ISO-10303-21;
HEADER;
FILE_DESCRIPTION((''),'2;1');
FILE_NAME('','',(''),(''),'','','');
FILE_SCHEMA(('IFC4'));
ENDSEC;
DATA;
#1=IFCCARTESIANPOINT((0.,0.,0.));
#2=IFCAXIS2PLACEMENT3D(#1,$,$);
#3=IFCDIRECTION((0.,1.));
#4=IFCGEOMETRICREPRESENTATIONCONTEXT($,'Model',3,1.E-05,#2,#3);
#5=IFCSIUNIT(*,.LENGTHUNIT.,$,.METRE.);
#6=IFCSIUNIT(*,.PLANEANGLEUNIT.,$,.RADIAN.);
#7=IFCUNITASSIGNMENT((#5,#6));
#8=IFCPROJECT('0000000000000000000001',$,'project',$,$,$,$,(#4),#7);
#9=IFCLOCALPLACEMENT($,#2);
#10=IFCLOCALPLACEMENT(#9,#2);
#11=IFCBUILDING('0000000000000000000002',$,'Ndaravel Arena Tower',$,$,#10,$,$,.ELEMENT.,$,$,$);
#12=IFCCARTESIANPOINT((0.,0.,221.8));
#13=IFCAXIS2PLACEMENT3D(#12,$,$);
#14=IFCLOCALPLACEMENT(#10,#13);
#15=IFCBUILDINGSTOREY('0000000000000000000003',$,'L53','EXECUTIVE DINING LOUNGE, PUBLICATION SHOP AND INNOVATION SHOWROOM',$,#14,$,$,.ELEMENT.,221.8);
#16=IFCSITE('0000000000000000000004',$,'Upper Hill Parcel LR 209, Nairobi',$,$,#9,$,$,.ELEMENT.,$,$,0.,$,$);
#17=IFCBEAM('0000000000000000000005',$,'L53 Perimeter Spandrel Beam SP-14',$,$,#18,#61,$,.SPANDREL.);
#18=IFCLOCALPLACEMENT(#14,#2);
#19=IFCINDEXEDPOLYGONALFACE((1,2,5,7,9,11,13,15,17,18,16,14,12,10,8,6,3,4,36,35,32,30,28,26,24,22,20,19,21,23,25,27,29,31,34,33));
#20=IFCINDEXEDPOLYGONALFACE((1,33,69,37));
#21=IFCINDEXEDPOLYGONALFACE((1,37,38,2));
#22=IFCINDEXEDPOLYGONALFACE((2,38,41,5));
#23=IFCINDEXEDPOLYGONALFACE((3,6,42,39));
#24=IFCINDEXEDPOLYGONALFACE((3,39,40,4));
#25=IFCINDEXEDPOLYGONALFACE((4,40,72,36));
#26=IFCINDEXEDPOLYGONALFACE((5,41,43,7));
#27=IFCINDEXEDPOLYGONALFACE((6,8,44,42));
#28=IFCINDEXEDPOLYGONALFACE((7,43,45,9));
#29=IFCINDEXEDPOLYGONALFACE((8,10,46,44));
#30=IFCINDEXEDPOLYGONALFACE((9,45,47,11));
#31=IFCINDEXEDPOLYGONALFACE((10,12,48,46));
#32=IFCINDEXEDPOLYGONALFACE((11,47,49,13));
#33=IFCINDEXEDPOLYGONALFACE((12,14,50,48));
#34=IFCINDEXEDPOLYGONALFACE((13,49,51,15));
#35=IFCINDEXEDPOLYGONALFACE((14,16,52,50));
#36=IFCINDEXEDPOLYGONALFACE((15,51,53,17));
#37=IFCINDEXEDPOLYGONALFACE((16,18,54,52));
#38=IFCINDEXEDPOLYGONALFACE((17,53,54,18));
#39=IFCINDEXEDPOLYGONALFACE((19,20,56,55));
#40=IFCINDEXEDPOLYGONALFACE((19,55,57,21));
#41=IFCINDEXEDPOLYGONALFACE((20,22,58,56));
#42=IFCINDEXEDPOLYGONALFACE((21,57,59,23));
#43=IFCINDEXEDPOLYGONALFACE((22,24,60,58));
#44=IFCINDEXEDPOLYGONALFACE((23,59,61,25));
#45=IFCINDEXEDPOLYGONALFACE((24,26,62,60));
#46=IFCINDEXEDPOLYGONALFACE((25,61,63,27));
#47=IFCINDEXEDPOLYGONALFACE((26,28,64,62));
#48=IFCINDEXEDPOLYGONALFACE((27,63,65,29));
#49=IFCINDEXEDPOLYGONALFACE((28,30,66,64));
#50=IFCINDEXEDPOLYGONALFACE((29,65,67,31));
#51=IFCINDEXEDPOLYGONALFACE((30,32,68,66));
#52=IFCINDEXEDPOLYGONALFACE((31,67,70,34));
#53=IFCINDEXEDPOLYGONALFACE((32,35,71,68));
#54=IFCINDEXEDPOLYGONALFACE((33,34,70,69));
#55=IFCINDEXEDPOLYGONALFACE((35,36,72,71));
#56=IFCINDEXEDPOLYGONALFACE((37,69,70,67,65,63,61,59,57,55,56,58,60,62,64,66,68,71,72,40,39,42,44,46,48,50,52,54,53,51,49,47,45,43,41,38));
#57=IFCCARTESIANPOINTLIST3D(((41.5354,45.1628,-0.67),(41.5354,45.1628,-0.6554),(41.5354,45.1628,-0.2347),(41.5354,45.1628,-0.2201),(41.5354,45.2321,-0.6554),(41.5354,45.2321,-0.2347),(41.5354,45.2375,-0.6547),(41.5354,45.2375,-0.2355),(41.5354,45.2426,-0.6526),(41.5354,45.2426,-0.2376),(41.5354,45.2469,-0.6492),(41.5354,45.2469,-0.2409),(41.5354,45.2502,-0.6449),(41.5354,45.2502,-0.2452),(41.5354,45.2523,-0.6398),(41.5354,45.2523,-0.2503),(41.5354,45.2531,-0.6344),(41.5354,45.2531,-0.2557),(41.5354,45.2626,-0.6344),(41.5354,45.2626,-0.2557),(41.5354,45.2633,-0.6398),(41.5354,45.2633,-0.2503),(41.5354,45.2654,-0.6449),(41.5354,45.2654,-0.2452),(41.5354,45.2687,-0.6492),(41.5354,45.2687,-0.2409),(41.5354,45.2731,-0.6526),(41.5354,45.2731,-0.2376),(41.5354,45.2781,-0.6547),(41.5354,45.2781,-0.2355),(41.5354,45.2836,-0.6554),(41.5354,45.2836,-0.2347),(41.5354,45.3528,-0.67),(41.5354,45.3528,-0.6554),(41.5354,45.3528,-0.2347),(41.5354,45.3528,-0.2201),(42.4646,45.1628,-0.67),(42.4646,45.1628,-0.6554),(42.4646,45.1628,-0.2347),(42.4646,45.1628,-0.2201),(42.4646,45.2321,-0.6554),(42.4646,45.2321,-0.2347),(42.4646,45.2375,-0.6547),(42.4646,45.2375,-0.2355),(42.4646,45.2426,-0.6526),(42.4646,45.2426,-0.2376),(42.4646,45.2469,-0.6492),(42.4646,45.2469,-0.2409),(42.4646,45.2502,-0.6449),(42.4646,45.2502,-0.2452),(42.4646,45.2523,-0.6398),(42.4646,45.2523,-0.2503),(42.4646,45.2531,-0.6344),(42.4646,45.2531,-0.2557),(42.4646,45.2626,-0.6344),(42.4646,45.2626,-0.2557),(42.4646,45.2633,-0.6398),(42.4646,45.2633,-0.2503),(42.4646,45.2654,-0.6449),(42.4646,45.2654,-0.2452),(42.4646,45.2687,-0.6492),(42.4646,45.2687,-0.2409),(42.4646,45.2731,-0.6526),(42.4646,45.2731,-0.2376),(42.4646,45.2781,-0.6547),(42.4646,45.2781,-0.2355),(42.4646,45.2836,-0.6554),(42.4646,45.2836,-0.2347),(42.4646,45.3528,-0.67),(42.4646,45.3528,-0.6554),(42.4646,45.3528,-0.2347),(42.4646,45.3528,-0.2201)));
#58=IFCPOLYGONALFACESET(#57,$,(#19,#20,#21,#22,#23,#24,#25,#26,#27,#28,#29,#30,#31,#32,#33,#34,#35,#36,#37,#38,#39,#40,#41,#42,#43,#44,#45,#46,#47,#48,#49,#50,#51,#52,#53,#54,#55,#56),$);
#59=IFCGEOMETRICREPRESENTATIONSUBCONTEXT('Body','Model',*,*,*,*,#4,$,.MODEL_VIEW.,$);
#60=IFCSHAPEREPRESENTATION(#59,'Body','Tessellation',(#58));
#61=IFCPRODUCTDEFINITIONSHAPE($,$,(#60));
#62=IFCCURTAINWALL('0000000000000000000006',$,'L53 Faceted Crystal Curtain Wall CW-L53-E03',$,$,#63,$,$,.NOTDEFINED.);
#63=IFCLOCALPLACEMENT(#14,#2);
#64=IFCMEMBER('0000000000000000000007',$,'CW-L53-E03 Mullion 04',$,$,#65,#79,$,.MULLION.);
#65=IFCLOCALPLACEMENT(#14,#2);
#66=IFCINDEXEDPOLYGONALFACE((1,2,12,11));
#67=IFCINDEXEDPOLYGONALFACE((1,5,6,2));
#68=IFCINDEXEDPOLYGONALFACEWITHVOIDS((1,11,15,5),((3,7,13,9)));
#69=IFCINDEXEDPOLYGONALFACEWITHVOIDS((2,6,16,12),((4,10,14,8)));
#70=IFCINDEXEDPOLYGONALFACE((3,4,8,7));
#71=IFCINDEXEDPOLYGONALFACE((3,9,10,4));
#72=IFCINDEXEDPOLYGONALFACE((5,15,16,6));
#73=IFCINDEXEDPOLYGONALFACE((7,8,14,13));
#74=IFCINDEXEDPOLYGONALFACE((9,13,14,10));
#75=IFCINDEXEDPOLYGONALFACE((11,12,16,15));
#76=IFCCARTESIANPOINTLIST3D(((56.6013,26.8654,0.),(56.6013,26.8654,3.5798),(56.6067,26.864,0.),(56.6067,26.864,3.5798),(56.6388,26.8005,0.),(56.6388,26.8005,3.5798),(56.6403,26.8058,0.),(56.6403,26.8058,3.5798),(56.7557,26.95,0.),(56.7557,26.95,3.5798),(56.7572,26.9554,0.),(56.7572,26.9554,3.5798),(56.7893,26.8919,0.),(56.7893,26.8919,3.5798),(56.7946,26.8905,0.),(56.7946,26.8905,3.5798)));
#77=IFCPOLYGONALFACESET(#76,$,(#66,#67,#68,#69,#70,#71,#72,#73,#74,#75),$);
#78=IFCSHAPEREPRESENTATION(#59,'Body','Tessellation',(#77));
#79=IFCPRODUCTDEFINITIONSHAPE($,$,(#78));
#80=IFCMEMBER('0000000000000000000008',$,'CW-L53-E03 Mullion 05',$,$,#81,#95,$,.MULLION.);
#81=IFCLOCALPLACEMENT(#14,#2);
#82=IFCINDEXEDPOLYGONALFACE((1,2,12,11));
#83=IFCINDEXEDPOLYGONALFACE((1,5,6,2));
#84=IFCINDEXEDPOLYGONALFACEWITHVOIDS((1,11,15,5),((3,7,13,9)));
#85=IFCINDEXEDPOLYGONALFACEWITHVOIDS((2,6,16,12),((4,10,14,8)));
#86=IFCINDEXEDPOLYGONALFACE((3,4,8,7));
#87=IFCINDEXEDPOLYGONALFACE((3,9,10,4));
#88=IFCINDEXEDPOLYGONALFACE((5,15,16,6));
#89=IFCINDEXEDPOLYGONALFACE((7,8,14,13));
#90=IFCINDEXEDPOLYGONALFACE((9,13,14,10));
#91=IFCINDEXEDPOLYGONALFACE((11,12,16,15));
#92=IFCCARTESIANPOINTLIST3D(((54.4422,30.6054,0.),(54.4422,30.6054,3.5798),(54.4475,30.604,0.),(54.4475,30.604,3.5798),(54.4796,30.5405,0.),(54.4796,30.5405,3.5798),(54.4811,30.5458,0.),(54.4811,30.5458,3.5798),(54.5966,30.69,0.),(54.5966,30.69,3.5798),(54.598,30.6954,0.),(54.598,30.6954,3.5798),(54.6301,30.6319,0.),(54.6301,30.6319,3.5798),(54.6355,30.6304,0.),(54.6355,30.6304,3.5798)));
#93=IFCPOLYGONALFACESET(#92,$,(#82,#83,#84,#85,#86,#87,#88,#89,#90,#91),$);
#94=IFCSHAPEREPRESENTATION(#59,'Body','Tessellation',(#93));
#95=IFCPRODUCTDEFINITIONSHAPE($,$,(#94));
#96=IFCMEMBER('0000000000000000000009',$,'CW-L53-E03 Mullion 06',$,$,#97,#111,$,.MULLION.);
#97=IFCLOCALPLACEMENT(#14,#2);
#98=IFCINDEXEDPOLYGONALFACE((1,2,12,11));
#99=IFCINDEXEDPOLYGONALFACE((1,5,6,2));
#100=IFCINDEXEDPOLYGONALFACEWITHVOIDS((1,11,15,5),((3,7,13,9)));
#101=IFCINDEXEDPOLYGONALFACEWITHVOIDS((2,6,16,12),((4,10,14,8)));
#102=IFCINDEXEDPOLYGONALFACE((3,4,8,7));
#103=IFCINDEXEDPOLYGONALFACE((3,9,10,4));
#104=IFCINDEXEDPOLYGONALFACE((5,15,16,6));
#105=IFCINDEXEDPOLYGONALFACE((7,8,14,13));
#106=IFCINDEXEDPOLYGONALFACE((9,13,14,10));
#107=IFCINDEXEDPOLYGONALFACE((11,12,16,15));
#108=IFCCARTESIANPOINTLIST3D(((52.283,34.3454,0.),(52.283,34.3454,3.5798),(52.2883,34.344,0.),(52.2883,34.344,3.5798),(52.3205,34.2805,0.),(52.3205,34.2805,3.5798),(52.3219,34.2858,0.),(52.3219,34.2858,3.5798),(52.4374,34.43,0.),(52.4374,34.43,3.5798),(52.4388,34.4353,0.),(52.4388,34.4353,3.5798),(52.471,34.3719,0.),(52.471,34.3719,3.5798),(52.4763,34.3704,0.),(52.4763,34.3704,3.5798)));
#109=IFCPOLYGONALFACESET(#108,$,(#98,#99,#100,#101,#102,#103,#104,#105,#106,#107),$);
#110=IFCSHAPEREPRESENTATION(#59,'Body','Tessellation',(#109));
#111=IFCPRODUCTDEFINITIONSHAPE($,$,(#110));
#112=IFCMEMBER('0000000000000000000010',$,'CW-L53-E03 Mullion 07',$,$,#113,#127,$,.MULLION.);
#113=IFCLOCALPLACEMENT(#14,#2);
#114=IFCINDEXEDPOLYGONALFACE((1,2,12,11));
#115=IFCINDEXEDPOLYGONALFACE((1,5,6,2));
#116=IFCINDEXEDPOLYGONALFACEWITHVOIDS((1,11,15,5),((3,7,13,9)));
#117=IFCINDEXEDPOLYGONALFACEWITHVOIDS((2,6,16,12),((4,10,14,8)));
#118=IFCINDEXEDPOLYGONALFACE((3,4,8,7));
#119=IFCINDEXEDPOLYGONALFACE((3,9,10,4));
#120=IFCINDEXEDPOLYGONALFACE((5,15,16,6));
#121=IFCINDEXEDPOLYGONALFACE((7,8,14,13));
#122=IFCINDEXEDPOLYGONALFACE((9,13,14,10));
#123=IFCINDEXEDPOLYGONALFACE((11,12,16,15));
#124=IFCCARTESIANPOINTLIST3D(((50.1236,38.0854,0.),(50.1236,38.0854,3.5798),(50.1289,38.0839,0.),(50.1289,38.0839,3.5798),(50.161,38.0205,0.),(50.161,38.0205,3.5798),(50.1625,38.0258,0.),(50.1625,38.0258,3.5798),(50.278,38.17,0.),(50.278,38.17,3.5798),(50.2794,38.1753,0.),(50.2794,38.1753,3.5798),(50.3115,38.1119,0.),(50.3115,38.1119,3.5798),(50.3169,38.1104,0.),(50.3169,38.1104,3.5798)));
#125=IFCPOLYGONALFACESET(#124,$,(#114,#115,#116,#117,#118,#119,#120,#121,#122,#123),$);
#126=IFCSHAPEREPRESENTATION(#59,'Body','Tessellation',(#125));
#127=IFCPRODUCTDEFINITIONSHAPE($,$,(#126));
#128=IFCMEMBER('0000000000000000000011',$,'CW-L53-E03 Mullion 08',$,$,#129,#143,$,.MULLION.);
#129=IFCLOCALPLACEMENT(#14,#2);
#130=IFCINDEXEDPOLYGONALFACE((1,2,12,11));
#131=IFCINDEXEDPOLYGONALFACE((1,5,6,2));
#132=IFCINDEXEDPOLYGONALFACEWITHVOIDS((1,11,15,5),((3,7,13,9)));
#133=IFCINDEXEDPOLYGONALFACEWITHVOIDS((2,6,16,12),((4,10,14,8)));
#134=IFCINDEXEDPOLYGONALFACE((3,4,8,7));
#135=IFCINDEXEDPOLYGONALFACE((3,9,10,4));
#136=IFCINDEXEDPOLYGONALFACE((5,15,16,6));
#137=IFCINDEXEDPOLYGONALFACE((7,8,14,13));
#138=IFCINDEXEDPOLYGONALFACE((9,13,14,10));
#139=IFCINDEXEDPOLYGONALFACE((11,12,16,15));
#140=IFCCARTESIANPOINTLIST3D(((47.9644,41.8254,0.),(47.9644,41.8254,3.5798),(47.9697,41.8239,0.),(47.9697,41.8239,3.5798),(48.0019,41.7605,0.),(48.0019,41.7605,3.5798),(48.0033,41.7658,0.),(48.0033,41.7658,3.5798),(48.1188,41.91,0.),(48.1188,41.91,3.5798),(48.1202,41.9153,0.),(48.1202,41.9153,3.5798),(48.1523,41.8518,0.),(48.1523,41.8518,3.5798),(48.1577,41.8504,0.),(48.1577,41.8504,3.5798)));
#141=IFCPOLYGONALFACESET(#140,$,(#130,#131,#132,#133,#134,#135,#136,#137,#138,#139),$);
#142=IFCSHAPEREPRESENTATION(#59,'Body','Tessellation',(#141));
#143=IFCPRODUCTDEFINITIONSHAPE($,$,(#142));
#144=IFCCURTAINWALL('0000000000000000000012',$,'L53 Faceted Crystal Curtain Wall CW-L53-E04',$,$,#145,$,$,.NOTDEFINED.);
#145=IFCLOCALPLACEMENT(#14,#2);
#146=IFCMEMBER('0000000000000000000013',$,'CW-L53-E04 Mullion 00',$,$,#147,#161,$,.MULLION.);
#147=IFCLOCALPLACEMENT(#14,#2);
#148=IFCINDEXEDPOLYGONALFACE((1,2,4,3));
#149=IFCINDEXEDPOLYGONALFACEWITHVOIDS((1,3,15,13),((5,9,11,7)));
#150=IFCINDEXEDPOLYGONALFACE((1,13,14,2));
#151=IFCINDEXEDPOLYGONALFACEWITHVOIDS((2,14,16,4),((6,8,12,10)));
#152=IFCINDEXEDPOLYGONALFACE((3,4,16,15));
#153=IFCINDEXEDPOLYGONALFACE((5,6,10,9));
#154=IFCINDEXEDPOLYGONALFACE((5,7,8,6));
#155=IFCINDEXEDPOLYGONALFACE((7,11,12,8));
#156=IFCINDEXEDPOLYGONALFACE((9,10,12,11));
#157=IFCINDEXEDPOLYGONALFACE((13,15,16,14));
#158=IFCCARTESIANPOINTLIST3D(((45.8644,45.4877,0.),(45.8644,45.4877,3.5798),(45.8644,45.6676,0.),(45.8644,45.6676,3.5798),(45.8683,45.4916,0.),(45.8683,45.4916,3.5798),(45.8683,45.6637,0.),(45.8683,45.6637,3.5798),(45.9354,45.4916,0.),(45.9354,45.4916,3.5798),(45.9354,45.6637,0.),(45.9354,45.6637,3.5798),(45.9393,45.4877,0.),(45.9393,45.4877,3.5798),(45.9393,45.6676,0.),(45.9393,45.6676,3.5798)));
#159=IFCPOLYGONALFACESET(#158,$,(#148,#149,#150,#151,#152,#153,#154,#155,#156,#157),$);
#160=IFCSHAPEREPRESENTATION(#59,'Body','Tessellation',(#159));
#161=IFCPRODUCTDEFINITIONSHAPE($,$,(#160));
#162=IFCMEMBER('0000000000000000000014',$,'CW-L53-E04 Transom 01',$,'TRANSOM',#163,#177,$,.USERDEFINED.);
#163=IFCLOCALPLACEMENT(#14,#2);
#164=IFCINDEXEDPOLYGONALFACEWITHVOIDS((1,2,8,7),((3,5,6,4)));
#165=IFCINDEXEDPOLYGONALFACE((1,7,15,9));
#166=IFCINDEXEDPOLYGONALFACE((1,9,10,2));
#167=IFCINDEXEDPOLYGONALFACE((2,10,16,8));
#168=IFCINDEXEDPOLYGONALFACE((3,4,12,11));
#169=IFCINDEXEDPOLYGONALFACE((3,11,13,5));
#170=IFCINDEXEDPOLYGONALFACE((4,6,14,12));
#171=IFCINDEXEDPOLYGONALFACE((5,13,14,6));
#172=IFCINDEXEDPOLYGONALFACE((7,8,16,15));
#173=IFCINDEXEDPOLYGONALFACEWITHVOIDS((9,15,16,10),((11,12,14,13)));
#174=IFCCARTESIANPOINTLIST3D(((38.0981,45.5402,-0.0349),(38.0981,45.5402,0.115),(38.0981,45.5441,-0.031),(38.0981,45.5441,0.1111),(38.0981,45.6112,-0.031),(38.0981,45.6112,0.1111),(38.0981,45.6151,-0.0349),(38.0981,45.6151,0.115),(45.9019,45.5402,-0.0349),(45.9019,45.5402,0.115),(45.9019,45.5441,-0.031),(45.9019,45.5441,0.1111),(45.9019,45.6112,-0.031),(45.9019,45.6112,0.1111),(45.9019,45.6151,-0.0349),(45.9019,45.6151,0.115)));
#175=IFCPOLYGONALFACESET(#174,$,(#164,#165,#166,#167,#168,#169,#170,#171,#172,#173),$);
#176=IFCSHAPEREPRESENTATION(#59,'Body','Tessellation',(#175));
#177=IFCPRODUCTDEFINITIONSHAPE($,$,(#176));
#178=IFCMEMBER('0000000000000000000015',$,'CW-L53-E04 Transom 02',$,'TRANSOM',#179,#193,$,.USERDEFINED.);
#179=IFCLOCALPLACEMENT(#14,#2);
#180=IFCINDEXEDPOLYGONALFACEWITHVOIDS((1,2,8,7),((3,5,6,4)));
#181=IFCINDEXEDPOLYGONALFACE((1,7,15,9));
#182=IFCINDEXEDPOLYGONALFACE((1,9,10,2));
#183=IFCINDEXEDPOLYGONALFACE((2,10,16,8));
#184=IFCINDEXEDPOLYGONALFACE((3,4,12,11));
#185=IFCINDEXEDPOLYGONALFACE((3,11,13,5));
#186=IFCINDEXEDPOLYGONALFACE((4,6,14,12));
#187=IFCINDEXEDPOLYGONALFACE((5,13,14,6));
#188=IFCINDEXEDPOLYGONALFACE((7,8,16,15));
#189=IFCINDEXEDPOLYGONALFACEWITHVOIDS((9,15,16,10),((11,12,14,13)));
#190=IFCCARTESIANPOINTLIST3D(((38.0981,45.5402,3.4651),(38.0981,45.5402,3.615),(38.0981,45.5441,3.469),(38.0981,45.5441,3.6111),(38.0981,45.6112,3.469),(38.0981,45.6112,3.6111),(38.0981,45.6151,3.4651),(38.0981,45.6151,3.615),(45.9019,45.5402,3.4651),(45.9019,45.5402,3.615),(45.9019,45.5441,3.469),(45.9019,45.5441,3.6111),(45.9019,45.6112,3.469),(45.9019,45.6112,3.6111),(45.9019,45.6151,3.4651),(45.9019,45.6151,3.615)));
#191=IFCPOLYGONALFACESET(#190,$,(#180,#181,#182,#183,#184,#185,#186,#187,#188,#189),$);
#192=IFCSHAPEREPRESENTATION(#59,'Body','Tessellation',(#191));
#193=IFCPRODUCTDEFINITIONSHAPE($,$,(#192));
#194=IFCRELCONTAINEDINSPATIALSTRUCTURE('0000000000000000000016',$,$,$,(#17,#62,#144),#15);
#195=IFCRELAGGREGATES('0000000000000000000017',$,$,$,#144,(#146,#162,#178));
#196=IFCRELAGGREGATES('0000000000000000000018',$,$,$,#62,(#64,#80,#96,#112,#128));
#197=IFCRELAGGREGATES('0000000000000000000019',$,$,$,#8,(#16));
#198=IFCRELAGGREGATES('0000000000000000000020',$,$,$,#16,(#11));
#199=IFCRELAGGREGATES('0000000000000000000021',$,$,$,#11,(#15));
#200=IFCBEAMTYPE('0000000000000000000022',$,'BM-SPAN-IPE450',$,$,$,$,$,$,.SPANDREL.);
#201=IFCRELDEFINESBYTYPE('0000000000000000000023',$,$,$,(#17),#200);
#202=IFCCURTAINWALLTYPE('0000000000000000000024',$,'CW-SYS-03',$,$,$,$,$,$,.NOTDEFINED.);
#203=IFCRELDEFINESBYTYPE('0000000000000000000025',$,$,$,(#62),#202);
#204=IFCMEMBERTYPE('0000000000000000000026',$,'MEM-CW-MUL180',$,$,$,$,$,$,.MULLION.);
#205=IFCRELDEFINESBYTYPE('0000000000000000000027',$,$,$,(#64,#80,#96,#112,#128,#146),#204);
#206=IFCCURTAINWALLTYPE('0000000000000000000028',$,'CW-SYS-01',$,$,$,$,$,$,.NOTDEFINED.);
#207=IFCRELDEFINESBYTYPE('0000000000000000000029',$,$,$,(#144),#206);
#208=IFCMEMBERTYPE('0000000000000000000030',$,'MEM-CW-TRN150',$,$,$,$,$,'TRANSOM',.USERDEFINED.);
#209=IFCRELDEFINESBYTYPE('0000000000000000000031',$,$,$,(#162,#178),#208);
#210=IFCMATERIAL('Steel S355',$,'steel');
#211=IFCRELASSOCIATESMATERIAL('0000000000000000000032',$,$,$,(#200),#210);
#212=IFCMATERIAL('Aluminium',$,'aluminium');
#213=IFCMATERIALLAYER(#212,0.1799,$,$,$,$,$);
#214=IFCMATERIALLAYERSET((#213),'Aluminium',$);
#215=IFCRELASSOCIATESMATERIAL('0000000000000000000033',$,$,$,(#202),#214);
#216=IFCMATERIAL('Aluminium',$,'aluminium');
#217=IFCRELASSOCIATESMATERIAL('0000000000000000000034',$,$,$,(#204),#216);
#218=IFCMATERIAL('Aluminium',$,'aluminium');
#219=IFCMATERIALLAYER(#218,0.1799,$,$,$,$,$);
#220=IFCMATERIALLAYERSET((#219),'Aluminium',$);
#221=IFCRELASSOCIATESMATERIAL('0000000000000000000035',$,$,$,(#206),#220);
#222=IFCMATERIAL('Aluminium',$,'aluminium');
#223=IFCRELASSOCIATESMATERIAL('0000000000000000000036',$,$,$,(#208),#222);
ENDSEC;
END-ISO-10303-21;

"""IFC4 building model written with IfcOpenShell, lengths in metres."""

from ifc_helpers import new_model, si_unit, direction, frame, origin, origin_2d, place, context, subcontext, project, spatial, hollow_rectangle, i_section, extrude, material, layer, layer_set, material_profile, profile_set, type_object, element, aggregate, save


model = new_model("IFC4")

# Units and contexts
model_context = context("Model", 3, precision=1e-05, world=origin(), true_north=direction((0.0, 1.0)))
body_context = subcontext(model_context, "Body", "Model", "MODEL_VIEW")
ifc_project = project(units=[si_unit("LENGTHUNIT", "METRE"), si_unit("PLANEANGLEUNIT", "RADIAN")], contexts=[model_context])

# Site, building, storey
site_placement = place(None, origin())
site = spatial("IfcSite", under=ifc_project, at=site_placement, Name="Upper Hill Parcel LR 209, Nairobi", CompositionType="ELEMENT", RefElevation=0.0)
building_placement = place(site_placement, origin())
building = spatial("IfcBuilding", under=site, at=building_placement, Name="Ndaravel Arena Tower", CompositionType="ELEMENT")
storey_placement = place(building_placement, frame((0.0, 0.0, 221.8)))
storey = spatial("IfcBuildingStorey", under=building, at=storey_placement, Name="L53", Description="EXECUTIVE DINING LOUNGE, PUBLICATION SHOP AND INNOVATION SHOWROOM", CompositionType="ELEMENT", Elevation=221.8)

# Beam
ifc_material_1 = material(Name="Steel S355", Category="steel")
ifc_material_profile_1 = material_profile(ifc_material_1, i_section(OverallWidth=0.1899, OverallDepth=0.45, WebThickness=0.0095, FlangeThickness=0.0146, FilletRadius=0.021, at=origin_2d()), Name="IPE 450")
ifc_profile_set_1 = profile_set([ifc_material_profile_1], Name="Steel S355")
beam_type_1 = type_object("IfcBeamType", Name="BM-SPAN-IPE450", PredefinedType="SPANDREL", material=ifc_profile_set_1)
for number, where, z_axis, x_axis, name in (
    (1, (42.4646, 45.2578, -0.4451), (-1.0, 0.0, 0.0), (0.0, -1.0, 0.0), "L53 Perimeter Spandrel Beam SP-14"),
):
    element("IfcBeam", number, at=place(storey_placement, frame(where, z_axis=z_axis, x_axis=x_axis)), inside=storey, type_object=beam_type_1, Name=name, PredefinedType="SPANDREL", context=body_context, shape_type="SweptSolid", body=[
        extrude(i_section(OverallWidth=0.1899, OverallDepth=0.45, WebThickness=0.0095, FlangeThickness=0.0146, FilletRadius=0.021, at=origin_2d()), origin(), (0.0, 0.0, 1.0), 0.9292),
    ])

# Curtain wall, members
ifc_material_2 = material(Name="Aluminium", Category="aluminium")
ifc_layer_1 = layer(ifc_material_2, 0.1799)
ifc_layer_set_1 = layer_set([ifc_layer_1], Name="Aluminium")
curtain_wall_type_1 = type_object("IfcCurtainWallType", Name="CW-SYS-03", PredefinedType="NOTDEFINED", material=ifc_layer_set_1)
curtain_wall_1_placement = place(storey_placement, origin())
curtain_wall_1 = element("IfcCurtainWall", 2, at=curtain_wall_1_placement, inside=storey, type_object=curtain_wall_type_1, Name="L53 Faceted Crystal Curtain Wall CW-L53-E03", PredefinedType="NOTDEFINED")
ifc_material_3 = material(Name="Aluminium", Category="aluminium")
ifc_material_profile_2 = material_profile(ifc_material_3, hollow_rectangle(XDim=0.075, YDim=0.1799, WallThickness=0.0039, at=origin_2d()), Name="CW MULLION 75x180x4")
ifc_profile_set_2 = profile_set([ifc_material_profile_2], Name="Aluminium")
member_type_1 = type_object("IfcMemberType", Name="MEM-CW-MUL180", PredefinedType="MULLION", material=ifc_profile_set_2)
member_1_placement = place(storey_placement, frame((56.698, 26.8779, 0.0), z_axis=(0.0, 0.0, 1.0), x_axis=(-0.5, 0.866025, 0.0)))
member_1 = element("IfcMember", 3, at=member_1_placement, type_object=member_type_1, Name="CW-L53-E03 Mullion 04", PredefinedType="MULLION", context=body_context, shape_type="SweptSolid", body=[
    extrude(hollow_rectangle(XDim=0.075, YDim=0.1799, WallThickness=0.0039, at=origin_2d()), origin(), (0.0, 0.0, 1.0), 3.5798),
])
member_2_placement = place(storey_placement, frame((54.5388, 30.6179, 0.0), z_axis=(0.0, 0.0, 1.0), x_axis=(-0.5, 0.866025, 0.0)))
member_2 = element("IfcMember", 4, at=member_2_placement, type_object=member_type_1, Name="CW-L53-E03 Mullion 05", PredefinedType="MULLION", context=body_context, shape_type="SweptSolid", body=[
    extrude(hollow_rectangle(XDim=0.075, YDim=0.1799, WallThickness=0.0039, at=origin_2d()), origin(), (0.0, 0.0, 1.0), 3.5798),
])
member_3_placement = place(storey_placement, frame((52.3796, 34.3579, 0.0), z_axis=(0.0, 0.0, 1.0), x_axis=(-0.5, 0.866025, 0.0)))
member_3 = element("IfcMember", 5, at=member_3_placement, type_object=member_type_1, Name="CW-L53-E03 Mullion 06", PredefinedType="MULLION", context=body_context, shape_type="SweptSolid", body=[
    extrude(hollow_rectangle(XDim=0.075, YDim=0.1799, WallThickness=0.0039, at=origin_2d()), origin(), (0.0, 0.0, 1.0), 3.5798),
])
member_4_placement = place(storey_placement, frame((50.2202, 38.0979, 0.0), z_axis=(0.0, 0.0, 1.0), x_axis=(-0.5, 0.866025, 0.0)))
member_4 = element("IfcMember", 6, at=member_4_placement, type_object=member_type_1, Name="CW-L53-E03 Mullion 07", PredefinedType="MULLION", context=body_context, shape_type="SweptSolid", body=[
    extrude(hollow_rectangle(XDim=0.075, YDim=0.1799, WallThickness=0.0039, at=origin_2d()), origin(), (0.0, 0.0, 1.0), 3.5798),
])
member_5_placement = place(storey_placement, frame((48.061, 41.8379, 0.0), z_axis=(0.0, 0.0, 1.0), x_axis=(-0.5, 0.866025, 0.0)))
member_5 = element("IfcMember", 7, at=member_5_placement, type_object=member_type_1, Name="CW-L53-E03 Mullion 08", PredefinedType="MULLION", context=body_context, shape_type="SweptSolid", body=[
    extrude(hollow_rectangle(XDim=0.075, YDim=0.1799, WallThickness=0.0039, at=origin_2d()), origin(), (0.0, 0.0, 1.0), 3.5798),
])

# Curtain wall, members
ifc_material_4 = material(Name="Aluminium", Category="aluminium")
ifc_layer_2 = layer(ifc_material_4, 0.1799)
ifc_layer_set_2 = layer_set([ifc_layer_2], Name="Aluminium")
curtain_wall_type_2 = type_object("IfcCurtainWallType", Name="CW-SYS-01", PredefinedType="NOTDEFINED", material=ifc_layer_set_2)
curtain_wall_2_placement = place(storey_placement, origin())
curtain_wall_2 = element("IfcCurtainWall", 8, at=curtain_wall_2_placement, inside=storey, type_object=curtain_wall_type_2, Name="L53 Faceted Crystal Curtain Wall CW-L53-E04", PredefinedType="NOTDEFINED")
member_6_placement = place(storey_placement, frame((45.9019, 45.5776, 0.0), z_axis=(0.0, 0.0, 1.0), x_axis=(-1.0, 0.0, 0.0)))
member_6 = element("IfcMember", 9, at=member_6_placement, type_object=member_type_1, Name="CW-L53-E04 Mullion 00", PredefinedType="MULLION", context=body_context, shape_type="SweptSolid", body=[
    extrude(hollow_rectangle(XDim=0.075, YDim=0.1799, WallThickness=0.0039, at=origin_2d()), origin(), (0.0, 0.0, 1.0), 3.5798),
])
ifc_material_5 = material(Name="Aluminium", Category="aluminium")
ifc_material_profile_3 = material_profile(ifc_material_5, hollow_rectangle(XDim=0.075, YDim=0.1499, WallThickness=0.0039, at=origin_2d()), Name="CW TRANSOM 75x150x4")
ifc_profile_set_3 = profile_set([ifc_material_profile_3], Name="Aluminium")
member_type_2 = type_object("IfcMemberType", Name="MEM-CW-TRN150", ElementType="TRANSOM", PredefinedType="USERDEFINED", material=ifc_profile_set_3)
member_7_placement = place(storey_placement, frame((45.9019, 45.5776, 0.04), z_axis=(-1.0, 0.0, 0.0), x_axis=(0.0, -1.0, 0.0)))
member_7 = element("IfcMember", 10, at=member_7_placement, type_object=member_type_2, Name="CW-L53-E04 Transom 01", ObjectType="TRANSOM", PredefinedType="USERDEFINED", context=body_context, shape_type="SweptSolid", body=[
    extrude(hollow_rectangle(XDim=0.075, YDim=0.1499, WallThickness=0.0039, at=origin_2d()), origin(), (0.0, 0.0, 1.0), 7.8037),
])
member_8_placement = place(storey_placement, frame((45.9019, 45.5776, 3.54), z_axis=(-1.0, 0.0, 0.0), x_axis=(0.0, -1.0, 0.0)))
member_8 = element("IfcMember", 11, at=member_8_placement, type_object=member_type_2, Name="CW-L53-E04 Transom 02", ObjectType="TRANSOM", PredefinedType="USERDEFINED", context=body_context, shape_type="SweptSolid", body=[
    extrude(hollow_rectangle(XDim=0.075, YDim=0.1499, WallThickness=0.0039, at=origin_2d()), origin(), (0.0, 0.0, 1.0), 7.8037),
])
aggregate(curtain_wall_2, [member_6, member_7, member_8])

aggregate(curtain_wall_1, [member_1, member_2, member_3, member_4, member_5])

save(model, "model.ifc")
